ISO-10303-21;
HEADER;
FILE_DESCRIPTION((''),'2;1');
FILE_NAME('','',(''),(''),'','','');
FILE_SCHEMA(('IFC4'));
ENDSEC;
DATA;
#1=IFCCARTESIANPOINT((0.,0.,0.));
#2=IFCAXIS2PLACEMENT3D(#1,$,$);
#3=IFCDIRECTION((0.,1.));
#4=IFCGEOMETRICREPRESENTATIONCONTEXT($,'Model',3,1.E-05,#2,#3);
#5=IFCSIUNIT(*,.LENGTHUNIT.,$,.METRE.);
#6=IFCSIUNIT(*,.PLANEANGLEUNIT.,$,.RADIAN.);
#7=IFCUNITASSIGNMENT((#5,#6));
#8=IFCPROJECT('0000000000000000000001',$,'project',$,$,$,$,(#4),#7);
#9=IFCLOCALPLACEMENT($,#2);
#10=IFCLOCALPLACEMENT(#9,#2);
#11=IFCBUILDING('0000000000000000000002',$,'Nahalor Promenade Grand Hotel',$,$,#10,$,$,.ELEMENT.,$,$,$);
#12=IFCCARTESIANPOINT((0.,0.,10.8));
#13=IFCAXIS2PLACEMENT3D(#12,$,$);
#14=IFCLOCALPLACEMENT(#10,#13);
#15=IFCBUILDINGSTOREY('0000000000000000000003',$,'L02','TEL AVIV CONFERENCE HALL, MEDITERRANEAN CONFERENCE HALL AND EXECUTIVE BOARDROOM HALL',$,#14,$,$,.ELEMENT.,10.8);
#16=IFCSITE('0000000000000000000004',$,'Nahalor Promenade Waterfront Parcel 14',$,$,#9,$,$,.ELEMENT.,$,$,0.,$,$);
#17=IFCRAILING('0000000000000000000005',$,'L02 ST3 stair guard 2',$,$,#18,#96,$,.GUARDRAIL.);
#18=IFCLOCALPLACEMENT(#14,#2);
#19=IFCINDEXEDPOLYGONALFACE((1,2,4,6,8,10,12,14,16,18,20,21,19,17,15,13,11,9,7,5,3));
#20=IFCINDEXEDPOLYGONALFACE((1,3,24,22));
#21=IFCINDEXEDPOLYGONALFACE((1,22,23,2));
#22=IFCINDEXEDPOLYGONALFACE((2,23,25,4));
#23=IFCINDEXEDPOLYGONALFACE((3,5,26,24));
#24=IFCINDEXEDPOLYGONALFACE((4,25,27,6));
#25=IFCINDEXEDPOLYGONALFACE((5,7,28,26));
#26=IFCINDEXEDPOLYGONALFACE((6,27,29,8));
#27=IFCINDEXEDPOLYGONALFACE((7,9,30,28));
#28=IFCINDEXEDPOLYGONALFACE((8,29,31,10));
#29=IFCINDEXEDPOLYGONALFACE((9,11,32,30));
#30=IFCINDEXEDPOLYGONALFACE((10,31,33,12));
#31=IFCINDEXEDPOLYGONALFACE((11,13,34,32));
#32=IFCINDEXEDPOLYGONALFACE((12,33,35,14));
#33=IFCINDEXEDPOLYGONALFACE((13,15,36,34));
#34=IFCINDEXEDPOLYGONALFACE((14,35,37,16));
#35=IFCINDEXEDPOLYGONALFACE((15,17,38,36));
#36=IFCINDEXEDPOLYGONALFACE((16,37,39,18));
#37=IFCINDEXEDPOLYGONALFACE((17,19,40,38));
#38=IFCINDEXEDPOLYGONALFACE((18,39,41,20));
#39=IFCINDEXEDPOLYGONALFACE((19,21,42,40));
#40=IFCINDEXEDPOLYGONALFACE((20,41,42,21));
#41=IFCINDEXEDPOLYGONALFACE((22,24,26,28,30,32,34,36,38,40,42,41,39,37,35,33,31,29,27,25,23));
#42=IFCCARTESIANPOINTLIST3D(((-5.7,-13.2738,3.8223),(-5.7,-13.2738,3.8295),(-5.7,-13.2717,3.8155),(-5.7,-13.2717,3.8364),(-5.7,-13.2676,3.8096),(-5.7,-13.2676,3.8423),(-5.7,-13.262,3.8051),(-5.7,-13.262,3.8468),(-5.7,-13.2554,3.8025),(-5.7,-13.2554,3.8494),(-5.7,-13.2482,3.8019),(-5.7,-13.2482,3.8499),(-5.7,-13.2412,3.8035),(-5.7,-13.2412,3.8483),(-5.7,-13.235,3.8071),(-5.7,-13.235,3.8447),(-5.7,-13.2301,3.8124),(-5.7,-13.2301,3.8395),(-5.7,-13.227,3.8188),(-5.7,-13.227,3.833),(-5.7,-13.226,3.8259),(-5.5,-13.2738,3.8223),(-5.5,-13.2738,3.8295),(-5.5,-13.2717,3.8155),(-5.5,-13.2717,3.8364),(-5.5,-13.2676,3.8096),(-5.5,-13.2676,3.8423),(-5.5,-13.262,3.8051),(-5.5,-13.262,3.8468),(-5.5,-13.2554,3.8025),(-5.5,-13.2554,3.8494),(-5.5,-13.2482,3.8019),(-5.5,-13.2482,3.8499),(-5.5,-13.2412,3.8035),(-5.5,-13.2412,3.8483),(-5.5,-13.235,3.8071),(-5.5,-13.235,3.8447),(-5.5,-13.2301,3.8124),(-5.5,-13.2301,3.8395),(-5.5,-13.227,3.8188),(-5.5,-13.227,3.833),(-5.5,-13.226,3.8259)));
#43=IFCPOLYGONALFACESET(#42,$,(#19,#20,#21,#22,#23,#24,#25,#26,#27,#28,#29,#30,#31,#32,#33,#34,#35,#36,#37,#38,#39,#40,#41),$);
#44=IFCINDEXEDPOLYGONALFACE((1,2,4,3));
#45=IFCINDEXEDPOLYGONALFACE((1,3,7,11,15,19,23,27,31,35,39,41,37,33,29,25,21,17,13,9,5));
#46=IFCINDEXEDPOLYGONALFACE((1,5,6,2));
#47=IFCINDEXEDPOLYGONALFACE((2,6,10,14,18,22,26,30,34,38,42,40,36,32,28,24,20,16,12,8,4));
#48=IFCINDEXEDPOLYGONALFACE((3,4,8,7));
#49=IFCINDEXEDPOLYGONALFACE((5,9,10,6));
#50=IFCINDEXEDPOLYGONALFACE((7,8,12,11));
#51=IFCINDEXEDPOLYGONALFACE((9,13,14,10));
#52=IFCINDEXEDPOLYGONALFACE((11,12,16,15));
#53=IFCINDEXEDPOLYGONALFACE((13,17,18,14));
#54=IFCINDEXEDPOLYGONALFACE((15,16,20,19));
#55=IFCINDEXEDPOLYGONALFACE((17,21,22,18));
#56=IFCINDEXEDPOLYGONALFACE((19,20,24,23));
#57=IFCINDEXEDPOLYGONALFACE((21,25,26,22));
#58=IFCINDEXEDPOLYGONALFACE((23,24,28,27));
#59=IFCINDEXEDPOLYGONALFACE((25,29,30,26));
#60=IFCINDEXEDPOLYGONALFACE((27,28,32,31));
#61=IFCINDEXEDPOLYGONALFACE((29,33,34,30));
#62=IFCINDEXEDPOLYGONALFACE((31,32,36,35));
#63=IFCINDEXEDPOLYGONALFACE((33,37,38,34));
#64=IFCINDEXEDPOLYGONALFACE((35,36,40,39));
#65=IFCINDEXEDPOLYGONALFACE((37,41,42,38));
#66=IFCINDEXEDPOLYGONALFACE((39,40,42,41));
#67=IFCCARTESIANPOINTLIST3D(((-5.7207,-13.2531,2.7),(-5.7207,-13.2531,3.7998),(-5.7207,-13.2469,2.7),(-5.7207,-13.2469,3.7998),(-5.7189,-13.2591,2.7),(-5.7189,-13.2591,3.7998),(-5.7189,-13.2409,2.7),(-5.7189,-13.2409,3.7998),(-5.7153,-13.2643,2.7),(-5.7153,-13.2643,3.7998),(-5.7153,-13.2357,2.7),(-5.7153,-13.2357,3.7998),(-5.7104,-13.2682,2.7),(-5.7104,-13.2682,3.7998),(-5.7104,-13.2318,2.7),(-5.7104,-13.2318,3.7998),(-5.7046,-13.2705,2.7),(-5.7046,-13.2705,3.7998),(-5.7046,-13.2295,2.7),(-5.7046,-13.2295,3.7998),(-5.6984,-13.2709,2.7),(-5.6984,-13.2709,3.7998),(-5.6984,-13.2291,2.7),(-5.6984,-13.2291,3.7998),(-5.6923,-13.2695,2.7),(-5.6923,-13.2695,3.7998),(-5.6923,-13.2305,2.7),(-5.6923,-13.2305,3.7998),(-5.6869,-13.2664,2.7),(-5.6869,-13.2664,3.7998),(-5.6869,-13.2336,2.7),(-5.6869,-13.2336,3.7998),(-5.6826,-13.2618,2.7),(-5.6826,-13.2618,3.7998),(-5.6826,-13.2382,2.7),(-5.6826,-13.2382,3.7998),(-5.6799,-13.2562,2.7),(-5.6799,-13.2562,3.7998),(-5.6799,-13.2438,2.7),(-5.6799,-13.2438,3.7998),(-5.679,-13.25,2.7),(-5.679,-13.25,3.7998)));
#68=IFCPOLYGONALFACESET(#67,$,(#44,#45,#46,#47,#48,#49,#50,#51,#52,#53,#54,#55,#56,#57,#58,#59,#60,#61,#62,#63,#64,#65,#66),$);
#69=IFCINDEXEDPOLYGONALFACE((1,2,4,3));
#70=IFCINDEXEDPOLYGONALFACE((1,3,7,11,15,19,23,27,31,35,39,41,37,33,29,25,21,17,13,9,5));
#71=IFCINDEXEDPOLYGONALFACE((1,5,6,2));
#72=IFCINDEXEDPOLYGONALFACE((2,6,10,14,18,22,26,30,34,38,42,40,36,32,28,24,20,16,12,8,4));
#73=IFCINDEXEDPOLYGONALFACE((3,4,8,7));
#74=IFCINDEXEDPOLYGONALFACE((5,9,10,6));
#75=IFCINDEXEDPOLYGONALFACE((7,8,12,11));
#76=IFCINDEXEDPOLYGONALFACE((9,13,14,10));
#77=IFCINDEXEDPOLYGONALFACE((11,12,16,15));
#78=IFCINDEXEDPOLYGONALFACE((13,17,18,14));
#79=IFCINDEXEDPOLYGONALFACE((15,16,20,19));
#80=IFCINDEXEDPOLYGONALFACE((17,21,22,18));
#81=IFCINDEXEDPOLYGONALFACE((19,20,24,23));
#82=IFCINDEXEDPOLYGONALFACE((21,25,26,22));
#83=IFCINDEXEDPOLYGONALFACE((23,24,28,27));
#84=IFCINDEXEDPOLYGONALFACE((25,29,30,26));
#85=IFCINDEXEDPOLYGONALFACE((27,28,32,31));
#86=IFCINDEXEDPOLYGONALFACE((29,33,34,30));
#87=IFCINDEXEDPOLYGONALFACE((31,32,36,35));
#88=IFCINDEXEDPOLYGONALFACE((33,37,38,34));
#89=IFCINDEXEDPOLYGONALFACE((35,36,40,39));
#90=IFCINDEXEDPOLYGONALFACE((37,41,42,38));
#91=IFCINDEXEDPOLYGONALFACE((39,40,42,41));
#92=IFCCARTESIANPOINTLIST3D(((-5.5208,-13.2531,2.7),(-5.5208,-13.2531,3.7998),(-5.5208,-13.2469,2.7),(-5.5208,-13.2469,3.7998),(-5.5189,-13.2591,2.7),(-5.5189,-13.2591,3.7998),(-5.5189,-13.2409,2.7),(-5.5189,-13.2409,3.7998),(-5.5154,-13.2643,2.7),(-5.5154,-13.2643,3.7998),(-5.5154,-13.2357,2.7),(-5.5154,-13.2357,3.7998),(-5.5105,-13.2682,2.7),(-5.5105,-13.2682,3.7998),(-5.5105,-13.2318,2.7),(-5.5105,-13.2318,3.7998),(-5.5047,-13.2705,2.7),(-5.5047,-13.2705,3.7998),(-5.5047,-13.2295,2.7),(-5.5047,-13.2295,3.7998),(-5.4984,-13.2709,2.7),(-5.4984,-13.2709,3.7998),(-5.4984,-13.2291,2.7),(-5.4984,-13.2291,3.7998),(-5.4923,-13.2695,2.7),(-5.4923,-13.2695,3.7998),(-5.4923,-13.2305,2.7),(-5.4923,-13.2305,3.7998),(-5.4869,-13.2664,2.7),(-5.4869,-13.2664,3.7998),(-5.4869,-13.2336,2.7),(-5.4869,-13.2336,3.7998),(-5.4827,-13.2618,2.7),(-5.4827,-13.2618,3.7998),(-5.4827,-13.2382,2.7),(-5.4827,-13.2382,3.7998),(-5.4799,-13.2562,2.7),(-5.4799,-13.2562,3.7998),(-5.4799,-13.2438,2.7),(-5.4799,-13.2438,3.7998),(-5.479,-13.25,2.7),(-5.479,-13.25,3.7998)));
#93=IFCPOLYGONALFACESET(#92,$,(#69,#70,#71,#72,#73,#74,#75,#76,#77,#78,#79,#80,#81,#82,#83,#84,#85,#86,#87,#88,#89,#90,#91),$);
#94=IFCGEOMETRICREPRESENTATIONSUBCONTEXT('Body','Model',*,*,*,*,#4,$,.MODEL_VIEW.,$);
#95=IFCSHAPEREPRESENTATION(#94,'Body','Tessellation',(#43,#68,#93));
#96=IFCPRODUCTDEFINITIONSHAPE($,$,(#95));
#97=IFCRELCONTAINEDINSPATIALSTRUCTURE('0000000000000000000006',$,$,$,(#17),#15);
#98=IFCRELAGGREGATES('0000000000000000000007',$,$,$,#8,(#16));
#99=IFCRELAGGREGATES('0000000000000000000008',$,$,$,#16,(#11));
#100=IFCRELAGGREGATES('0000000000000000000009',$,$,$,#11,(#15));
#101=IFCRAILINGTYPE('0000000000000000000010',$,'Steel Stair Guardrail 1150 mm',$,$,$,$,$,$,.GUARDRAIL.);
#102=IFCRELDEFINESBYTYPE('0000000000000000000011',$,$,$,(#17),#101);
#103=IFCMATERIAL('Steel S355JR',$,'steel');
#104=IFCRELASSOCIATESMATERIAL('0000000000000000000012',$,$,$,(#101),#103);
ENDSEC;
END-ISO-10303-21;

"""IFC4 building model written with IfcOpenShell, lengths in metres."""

from ifc_helpers import new_model, si_unit, direction, frame, origin, origin_2d, place, context, subcontext, project, spatial, circle, extrude, material, type_object, element, save


model = new_model("IFC4")

# Units and contexts
model_context = context("Model", 3, precision=1e-05, world=origin(), true_north=direction((0.0, 1.0)))
body_context = subcontext(model_context, "Body", "Model", "MODEL_VIEW")
ifc_project = project(units=[si_unit("LENGTHUNIT", "METRE"), si_unit("PLANEANGLEUNIT", "RADIAN")], contexts=[model_context])

# Site, building, storey
site_placement = place(None, origin())
site = spatial("IfcSite", under=ifc_project, at=site_placement, Name="Nahalor Promenade Waterfront Parcel 14", CompositionType="ELEMENT", RefElevation=0.0)
building_placement = place(site_placement, origin())
building = spatial("IfcBuilding", under=site, at=building_placement, Name="Nahalor Promenade Grand Hotel", CompositionType="ELEMENT")
storey_placement = place(building_placement, frame((0.0, 0.0, 10.8)))
storey = spatial("IfcBuildingStorey", under=building, at=storey_placement, Name="L02", Description="TEL AVIV CONFERENCE HALL, MEDITERRANEAN CONFERENCE HALL AND EXECUTIVE BOARDROOM HALL", CompositionType="ELEMENT", Elevation=10.8)

# Shared definitions
ifc_material_1 = material(Name="Steel S355JR", Category="steel")

# Railing
railing_type_1 = type_object("IfcRailingType", Name="Steel Stair Guardrail 1150 mm", PredefinedType="GUARDRAIL", material=ifc_material_1)
railing_1_placement = place(storey_placement, frame((-5.7, -13.25, 2.7)))
element("IfcRailing", 1, at=railing_1_placement, inside=storey, type_object=railing_type_1, Name="L02 ST3 stair guard 2", PredefinedType="GUARDRAIL", context=body_context, shape_type="SweptSolid", body=[
    extrude(circle(Radius=0.024, at=origin_2d()), frame((0.0, 0.0, 1.126), z_axis=(1.0, 0.0, 0.0), x_axis=(0.0, 1.0, 0.0)), (0.0, 0.0, 1.0), 0.2),
    extrude(circle(Radius=0.021, at=origin_2d()), origin(), (0.0, 0.0, 1.0), 1.0999),
    extrude(circle(Radius=0.021, at=origin_2d()), frame((0.2, 0.0, 0.0)), (0.0, 0.0, 1.0), 1.0999),
])

save(model, "model.ifc")
